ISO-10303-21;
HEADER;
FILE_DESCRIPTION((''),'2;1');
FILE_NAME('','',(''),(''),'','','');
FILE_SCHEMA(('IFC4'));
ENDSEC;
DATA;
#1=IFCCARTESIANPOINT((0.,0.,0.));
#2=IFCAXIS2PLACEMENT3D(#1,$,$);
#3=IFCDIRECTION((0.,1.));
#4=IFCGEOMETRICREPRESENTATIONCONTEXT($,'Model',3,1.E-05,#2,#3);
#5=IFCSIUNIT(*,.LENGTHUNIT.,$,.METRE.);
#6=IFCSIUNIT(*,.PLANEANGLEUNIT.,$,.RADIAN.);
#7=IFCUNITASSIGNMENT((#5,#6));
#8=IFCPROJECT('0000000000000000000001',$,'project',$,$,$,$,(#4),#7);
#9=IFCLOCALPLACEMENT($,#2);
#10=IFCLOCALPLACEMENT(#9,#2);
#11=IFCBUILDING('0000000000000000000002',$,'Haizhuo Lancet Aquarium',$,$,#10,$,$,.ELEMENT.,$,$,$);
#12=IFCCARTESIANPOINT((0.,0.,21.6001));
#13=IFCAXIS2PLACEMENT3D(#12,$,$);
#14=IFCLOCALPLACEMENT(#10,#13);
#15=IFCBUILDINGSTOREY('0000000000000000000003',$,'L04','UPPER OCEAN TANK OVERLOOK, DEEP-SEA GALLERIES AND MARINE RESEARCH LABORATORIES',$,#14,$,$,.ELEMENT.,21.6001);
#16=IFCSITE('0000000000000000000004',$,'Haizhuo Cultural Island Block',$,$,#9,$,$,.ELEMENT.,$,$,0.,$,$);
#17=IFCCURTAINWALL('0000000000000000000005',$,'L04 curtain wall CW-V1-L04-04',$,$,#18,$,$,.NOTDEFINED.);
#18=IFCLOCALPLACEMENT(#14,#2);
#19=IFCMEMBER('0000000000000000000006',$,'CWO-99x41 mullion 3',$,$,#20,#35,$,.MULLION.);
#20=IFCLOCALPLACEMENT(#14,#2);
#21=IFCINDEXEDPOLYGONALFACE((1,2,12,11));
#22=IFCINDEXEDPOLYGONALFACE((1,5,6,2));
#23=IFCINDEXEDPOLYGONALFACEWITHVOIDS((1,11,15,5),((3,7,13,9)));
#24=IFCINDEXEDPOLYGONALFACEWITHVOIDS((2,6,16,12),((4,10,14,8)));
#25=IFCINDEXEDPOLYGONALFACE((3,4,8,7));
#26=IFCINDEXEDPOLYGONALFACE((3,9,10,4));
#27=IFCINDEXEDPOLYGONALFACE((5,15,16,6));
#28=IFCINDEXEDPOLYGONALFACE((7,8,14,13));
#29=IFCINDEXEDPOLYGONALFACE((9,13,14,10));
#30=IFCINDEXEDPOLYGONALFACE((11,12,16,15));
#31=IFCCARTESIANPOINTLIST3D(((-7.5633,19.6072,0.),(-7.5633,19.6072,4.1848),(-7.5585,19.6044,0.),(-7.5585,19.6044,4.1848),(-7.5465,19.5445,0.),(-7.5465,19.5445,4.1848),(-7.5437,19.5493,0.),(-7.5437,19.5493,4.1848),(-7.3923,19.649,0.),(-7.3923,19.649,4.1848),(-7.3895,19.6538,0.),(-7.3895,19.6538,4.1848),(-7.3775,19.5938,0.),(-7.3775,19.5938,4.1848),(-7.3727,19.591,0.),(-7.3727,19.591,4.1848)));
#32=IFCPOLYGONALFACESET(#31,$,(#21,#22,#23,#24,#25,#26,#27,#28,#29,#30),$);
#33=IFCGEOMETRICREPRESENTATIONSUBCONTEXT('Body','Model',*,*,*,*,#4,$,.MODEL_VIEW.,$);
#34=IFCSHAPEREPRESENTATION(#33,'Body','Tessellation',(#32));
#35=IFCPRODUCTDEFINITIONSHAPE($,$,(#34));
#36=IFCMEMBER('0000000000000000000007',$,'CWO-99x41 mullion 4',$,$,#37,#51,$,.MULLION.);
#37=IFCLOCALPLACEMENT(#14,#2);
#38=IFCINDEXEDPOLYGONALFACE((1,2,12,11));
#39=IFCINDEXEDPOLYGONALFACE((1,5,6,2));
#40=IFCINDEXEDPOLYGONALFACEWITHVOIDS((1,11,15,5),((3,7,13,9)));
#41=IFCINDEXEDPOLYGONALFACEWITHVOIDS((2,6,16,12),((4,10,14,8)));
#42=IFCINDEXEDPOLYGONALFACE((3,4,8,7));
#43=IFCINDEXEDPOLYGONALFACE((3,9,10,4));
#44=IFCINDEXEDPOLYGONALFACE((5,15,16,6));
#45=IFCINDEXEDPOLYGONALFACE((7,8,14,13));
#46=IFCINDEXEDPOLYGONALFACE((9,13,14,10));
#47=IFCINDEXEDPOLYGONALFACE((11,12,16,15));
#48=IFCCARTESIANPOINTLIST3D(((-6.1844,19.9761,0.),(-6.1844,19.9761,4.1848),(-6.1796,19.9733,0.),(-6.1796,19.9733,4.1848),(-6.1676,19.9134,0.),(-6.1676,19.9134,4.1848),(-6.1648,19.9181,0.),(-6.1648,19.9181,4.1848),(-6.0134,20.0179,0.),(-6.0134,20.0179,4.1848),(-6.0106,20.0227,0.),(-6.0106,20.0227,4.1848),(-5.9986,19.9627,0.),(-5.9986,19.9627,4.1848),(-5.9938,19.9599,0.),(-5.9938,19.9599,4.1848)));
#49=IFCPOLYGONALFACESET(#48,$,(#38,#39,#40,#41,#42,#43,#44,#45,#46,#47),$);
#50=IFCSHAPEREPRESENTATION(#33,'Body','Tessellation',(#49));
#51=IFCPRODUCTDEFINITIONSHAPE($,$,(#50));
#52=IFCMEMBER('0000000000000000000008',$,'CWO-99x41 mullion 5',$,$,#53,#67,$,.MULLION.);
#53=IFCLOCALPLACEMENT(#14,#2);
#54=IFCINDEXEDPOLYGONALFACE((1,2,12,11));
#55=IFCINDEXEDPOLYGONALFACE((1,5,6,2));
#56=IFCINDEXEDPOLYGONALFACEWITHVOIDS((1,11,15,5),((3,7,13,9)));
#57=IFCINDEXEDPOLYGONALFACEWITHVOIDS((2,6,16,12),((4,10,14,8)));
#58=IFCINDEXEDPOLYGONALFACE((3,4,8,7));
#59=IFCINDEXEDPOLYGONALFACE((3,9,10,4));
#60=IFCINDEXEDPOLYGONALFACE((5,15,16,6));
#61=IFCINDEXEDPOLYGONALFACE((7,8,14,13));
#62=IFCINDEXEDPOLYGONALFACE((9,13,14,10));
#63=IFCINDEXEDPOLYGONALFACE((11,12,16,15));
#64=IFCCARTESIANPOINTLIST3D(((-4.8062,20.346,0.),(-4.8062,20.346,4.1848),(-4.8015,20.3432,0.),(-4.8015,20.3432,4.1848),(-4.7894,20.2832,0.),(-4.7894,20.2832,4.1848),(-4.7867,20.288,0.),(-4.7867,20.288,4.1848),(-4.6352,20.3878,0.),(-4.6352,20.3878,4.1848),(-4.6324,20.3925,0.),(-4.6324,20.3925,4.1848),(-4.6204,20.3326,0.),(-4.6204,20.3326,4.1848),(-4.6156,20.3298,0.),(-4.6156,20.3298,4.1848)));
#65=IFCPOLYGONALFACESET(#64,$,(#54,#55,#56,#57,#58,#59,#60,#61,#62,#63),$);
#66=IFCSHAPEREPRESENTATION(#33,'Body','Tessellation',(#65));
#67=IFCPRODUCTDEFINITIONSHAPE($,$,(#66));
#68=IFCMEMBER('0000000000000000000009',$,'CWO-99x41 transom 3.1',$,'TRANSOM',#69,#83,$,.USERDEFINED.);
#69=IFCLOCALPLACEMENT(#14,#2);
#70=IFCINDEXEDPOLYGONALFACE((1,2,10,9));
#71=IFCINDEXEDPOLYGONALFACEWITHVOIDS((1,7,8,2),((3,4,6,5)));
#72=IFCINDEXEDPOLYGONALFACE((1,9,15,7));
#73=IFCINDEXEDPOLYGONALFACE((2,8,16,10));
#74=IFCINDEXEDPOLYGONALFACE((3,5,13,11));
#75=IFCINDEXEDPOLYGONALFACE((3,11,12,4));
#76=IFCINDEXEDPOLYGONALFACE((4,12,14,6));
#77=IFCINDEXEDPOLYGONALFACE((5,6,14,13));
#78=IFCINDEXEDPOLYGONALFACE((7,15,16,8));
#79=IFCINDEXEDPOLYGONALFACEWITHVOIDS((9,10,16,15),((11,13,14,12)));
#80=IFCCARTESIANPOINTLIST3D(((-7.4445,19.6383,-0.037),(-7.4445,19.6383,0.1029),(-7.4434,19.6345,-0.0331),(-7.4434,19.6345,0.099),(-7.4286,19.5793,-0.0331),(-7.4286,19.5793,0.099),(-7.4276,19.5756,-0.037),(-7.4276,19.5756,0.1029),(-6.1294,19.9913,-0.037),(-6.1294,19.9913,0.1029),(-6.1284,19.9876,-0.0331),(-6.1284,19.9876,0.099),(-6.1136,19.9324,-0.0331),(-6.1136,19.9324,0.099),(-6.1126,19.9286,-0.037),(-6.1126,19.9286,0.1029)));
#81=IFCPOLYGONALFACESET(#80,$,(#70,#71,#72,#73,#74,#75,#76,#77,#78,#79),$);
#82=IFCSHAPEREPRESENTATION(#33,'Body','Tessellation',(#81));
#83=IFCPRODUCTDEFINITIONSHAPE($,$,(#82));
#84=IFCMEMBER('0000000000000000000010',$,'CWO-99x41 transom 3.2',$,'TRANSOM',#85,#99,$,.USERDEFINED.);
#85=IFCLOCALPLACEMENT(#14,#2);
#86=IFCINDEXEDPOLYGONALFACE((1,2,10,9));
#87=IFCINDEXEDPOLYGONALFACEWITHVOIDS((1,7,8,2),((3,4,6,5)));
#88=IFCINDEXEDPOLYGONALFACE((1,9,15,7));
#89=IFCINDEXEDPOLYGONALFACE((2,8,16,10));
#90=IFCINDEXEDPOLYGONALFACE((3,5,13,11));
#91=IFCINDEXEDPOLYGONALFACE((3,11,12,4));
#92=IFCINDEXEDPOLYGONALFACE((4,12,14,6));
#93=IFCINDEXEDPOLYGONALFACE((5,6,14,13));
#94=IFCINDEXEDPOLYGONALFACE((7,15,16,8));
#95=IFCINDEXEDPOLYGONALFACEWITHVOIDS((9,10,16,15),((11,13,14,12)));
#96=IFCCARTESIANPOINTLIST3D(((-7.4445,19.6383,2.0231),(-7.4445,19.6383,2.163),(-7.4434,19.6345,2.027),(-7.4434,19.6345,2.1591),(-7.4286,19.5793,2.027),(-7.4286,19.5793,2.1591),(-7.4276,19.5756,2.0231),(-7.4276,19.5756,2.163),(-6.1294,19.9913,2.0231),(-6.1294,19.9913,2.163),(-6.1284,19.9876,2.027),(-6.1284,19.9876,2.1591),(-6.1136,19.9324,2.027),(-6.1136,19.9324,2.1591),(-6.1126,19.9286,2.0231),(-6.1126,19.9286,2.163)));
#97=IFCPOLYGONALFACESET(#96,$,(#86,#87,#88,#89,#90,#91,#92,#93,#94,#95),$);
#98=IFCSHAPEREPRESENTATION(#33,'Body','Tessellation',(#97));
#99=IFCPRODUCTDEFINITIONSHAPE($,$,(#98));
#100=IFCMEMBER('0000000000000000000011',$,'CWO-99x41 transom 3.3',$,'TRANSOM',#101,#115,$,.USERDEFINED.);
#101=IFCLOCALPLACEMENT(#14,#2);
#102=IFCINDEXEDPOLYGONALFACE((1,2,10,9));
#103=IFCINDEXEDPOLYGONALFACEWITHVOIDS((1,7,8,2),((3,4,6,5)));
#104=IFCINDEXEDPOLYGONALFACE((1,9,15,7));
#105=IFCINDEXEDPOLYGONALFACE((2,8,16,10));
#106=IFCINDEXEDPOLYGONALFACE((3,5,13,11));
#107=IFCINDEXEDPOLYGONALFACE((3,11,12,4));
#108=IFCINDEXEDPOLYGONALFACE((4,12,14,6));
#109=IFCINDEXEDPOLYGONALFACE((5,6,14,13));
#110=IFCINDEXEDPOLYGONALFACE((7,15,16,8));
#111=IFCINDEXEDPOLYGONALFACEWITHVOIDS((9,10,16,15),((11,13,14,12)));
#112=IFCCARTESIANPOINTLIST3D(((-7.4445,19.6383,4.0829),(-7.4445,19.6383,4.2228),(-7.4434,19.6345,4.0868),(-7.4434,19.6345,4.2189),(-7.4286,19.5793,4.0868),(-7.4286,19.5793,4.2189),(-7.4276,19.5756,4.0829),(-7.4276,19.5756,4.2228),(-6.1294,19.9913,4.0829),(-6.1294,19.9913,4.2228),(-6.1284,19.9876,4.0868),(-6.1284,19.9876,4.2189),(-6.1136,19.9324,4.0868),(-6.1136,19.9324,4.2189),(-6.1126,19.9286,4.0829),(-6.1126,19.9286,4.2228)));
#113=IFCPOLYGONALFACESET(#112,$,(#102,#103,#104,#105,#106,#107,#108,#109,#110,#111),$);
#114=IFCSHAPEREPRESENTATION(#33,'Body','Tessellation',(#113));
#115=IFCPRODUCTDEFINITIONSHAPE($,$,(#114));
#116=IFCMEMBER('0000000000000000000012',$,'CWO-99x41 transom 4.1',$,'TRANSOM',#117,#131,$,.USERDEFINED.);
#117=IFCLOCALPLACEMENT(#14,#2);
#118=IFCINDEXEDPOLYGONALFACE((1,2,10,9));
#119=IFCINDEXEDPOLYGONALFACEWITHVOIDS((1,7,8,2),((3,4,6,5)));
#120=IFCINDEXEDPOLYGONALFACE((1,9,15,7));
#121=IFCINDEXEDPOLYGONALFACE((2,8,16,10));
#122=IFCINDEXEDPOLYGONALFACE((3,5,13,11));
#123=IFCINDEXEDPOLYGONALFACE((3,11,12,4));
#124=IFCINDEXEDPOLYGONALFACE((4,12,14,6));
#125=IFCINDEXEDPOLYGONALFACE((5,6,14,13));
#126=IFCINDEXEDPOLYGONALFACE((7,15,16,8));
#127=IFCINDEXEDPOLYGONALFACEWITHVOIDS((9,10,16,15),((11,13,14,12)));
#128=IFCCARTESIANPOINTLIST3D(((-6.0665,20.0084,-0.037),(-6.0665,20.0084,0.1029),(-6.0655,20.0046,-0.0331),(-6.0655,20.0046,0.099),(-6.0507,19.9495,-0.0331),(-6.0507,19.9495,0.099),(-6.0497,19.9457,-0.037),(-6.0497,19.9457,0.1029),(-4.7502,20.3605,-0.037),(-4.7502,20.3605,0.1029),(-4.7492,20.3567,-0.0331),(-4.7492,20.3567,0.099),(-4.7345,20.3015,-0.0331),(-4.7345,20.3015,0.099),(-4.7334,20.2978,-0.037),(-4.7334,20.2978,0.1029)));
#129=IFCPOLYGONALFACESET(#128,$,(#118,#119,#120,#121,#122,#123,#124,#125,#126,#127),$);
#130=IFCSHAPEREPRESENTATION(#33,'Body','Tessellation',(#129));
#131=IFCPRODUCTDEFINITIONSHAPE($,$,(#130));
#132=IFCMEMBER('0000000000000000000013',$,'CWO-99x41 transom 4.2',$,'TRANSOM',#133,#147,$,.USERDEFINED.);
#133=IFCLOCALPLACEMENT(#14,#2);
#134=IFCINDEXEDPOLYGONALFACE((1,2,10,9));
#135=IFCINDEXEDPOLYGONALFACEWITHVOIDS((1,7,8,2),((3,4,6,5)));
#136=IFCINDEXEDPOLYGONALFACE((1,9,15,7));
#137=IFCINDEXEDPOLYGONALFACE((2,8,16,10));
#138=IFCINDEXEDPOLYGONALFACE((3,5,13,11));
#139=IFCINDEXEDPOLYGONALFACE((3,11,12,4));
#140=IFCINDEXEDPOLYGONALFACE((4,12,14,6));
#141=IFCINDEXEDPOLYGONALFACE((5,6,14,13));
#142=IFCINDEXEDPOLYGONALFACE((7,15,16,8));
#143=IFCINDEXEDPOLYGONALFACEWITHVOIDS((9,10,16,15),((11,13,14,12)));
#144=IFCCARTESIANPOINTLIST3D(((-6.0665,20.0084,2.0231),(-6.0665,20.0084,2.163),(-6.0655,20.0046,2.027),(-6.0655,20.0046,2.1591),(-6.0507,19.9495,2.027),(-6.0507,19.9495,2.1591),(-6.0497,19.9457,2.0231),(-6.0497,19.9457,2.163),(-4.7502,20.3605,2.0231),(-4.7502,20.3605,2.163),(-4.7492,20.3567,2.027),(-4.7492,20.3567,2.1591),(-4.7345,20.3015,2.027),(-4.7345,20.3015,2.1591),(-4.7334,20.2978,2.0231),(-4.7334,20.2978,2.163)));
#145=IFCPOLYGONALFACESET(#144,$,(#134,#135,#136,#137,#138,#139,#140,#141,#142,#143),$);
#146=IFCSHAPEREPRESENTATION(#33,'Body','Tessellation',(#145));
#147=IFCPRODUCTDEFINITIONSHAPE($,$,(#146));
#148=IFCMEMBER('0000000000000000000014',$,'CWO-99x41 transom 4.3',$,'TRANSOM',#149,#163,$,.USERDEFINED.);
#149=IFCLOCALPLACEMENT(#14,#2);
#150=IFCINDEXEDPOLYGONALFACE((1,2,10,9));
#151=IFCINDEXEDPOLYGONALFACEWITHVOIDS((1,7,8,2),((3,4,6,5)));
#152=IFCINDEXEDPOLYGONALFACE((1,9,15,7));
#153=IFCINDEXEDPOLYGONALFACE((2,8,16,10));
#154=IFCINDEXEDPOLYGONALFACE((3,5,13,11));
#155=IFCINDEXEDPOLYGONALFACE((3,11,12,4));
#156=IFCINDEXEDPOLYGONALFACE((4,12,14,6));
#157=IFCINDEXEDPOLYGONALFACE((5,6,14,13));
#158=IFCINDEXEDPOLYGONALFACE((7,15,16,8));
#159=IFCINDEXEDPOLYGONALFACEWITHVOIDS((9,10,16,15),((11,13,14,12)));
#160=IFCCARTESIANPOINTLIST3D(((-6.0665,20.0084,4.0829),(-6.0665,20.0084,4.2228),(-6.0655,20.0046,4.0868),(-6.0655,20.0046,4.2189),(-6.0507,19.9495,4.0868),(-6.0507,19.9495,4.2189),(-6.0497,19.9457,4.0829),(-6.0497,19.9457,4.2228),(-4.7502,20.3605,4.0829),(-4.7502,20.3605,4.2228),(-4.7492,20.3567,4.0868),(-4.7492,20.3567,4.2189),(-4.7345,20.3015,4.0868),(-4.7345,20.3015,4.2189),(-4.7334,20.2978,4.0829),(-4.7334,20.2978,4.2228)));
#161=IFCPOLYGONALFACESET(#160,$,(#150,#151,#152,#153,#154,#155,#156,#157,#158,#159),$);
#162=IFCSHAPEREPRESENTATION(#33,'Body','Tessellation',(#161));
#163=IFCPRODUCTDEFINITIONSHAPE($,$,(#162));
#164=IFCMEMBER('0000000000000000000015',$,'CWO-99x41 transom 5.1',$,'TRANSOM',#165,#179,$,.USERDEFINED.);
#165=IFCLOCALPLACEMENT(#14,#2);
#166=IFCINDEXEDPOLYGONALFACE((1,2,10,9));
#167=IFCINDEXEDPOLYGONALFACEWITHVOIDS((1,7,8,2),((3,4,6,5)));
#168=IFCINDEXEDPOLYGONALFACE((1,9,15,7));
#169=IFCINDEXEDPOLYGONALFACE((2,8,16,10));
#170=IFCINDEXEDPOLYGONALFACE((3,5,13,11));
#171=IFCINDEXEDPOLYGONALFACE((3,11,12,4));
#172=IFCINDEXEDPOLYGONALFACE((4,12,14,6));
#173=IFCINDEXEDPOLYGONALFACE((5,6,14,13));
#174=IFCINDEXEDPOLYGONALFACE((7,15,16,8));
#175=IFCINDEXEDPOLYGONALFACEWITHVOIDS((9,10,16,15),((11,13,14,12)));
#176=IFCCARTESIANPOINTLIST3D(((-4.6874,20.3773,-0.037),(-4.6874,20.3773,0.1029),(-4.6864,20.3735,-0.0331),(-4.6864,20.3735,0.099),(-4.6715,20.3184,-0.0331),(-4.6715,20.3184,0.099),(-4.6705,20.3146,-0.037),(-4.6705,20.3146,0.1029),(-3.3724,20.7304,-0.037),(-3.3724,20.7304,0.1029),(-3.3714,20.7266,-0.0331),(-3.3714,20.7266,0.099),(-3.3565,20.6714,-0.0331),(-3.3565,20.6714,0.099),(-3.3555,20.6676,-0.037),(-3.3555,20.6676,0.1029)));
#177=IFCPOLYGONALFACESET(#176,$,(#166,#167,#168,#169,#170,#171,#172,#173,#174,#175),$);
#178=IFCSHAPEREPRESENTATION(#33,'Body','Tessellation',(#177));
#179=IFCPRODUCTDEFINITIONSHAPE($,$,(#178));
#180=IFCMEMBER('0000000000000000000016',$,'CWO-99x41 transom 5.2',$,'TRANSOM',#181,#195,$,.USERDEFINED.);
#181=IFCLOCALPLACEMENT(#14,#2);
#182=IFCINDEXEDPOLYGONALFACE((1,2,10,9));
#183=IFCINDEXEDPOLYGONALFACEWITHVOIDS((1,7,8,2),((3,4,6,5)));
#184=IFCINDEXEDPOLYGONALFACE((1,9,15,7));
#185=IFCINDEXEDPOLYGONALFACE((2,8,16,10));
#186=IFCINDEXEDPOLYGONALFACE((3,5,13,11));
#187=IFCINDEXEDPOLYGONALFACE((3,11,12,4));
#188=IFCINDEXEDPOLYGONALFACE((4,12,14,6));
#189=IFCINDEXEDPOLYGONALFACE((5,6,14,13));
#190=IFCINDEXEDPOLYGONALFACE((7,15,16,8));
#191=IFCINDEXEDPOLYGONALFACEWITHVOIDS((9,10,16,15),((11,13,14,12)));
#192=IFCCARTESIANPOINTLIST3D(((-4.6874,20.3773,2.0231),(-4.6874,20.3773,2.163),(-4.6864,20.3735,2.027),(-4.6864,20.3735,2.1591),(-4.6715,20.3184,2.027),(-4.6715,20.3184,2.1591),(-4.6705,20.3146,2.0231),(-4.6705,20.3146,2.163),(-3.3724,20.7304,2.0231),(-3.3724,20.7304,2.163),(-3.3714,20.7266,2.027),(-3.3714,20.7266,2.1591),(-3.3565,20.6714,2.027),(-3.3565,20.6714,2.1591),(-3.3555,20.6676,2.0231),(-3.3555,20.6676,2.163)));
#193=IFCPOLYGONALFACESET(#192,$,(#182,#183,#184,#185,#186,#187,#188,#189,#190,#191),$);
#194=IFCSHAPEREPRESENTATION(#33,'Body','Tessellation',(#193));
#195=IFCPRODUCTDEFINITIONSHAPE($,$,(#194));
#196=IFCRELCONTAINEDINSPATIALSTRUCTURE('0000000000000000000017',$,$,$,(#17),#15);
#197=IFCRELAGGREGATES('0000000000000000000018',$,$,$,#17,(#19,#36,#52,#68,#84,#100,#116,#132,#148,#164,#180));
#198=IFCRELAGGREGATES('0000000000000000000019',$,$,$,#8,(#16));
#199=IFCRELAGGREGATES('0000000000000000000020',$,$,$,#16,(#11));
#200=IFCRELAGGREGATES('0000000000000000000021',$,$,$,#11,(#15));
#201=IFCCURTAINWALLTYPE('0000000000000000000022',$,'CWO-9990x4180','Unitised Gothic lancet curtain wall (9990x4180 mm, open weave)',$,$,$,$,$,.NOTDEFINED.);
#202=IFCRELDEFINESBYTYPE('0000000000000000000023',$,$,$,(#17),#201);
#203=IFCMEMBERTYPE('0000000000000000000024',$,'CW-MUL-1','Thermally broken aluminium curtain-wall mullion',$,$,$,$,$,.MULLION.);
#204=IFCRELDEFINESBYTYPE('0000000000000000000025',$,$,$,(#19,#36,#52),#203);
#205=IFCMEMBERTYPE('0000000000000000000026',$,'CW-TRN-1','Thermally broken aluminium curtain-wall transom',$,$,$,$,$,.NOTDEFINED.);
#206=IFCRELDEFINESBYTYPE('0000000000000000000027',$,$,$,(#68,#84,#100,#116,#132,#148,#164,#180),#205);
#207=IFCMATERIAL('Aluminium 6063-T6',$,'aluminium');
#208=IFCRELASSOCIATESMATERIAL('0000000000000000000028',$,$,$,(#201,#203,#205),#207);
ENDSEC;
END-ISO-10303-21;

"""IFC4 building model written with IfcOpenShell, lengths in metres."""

from ifc_helpers import new_model, si_unit, direction, frame, origin, origin_2d, place, context, subcontext, project, spatial, hollow_rectangle, extrude, material, material_profile, profile_set, type_object, element, aggregate, save


model = new_model("IFC4")

# Units and contexts
model_context = context("Model", 3, precision=1e-05, world=origin(), true_north=direction((0.0, 1.0)))
body_context = subcontext(model_context, "Body", "Model", "MODEL_VIEW")
ifc_project = project(units=[si_unit("LENGTHUNIT", "METRE"), si_unit("PLANEANGLEUNIT", "RADIAN")], contexts=[model_context])

# Site, building, storey
site_placement = place(None, origin())
site = spatial("IfcSite", under=ifc_project, at=site_placement, Name="Haizhuo Cultural Island Block", CompositionType="ELEMENT", RefElevation=0.0)
building_placement = place(site_placement, origin())
building = spatial("IfcBuilding", under=site, at=building_placement, Name="Haizhuo Lancet Aquarium", CompositionType="ELEMENT")
storey_placement = place(building_placement, frame((0.0, 0.0, 21.6001)))
storey = spatial("IfcBuildingStorey", under=building, at=storey_placement, Name="L04", Description="UPPER OCEAN TANK OVERLOOK, DEEP-SEA GALLERIES AND MARINE RESEARCH LABORATORIES", CompositionType="ELEMENT", Elevation=21.6001)

# Curtain wall, members
ifc_material_1 = material(Name="Aluminium 6063-T6", Category="aluminium")
curtain_wall_type = type_object("IfcCurtainWallType", Name="CWO-9990x4180", Description="Unitised Gothic lancet curtain wall (9990x4180 mm, open weave)", PredefinedType="NOTDEFINED", material=ifc_material_1)
curtain_wall_placement = place(storey_placement, origin())
curtain_wall = element("IfcCurtainWall", 1, at=curtain_wall_placement, inside=storey, type_object=curtain_wall_type, Name="L04 curtain wall CW-V1-L04-04", PredefinedType="NOTDEFINED")
ifc_material_profile_1 = material_profile(ifc_material_1, hollow_rectangle(XDim=0.0649, YDim=0.1799, WallThickness=0.0039, at=origin_2d()), Name="ALU-M 65x180x4")
ifc_profile_set_1 = profile_set([ifc_material_profile_1], Name="Aluminium 6063-T6")
member_type_1 = type_object("IfcMemberType", Name="CW-MUL-1", Description="Thermally broken aluminium curtain-wall mullion", PredefinedType="MULLION", material=ifc_profile_set_1)
member_1_placement = place(storey_placement, frame((-7.468, 19.5991, 0.0), z_axis=(0.0, 0.0, 1.0), x_axis=(-0.258853, 0.965917, 0.0)))
member_1 = element("IfcMember", 2, at=member_1_placement, type_object=member_type_1, Name="CWO-99x41 mullion 3", PredefinedType="MULLION", context=body_context, shape_type="SweptSolid", body=[
    extrude(hollow_rectangle(XDim=0.0649, YDim=0.1799, WallThickness=0.0039, at=origin_2d()), origin(), (0.0, 0.0, 1.0), 4.1848),
])
member_2_placement = place(storey_placement, frame((-6.0891, 19.968, 0.0), z_axis=(0.0, 0.0, 1.0), x_axis=(-0.258853, 0.965917, 0.0)))
member_2 = element("IfcMember", 3, at=member_2_placement, type_object=member_type_1, Name="CWO-99x41 mullion 4", PredefinedType="MULLION", context=body_context, shape_type="SweptSolid", body=[
    extrude(hollow_rectangle(XDim=0.0649, YDim=0.1799, WallThickness=0.0039, at=origin_2d()), origin(), (0.0, 0.0, 1.0), 4.1848),
])
member_3_placement = place(storey_placement, frame((-4.7109, 20.3379, 0.0), z_axis=(0.0, 0.0, 1.0), x_axis=(-0.258853, 0.965917, 0.0)))
member_3 = element("IfcMember", 4, at=member_3_placement, type_object=member_type_1, Name="CWO-99x41 mullion 5", PredefinedType="MULLION", context=body_context, shape_type="SweptSolid", body=[
    extrude(hollow_rectangle(XDim=0.0649, YDim=0.1799, WallThickness=0.0039, at=origin_2d()), origin(), (0.0, 0.0, 1.0), 4.1848),
])
ifc_material_profile_2 = material_profile(ifc_material_1, hollow_rectangle(XDim=0.0649, YDim=0.1399, WallThickness=0.0039, at=origin_2d()), Name="ALU-T 65x140x4")
ifc_profile_set_2 = profile_set([ifc_material_profile_2], Name="Aluminium 6063-T6")
member_type_2 = type_object("IfcMemberType", Name="CW-TRN-1", Description="Thermally broken aluminium curtain-wall transom", PredefinedType="NOTDEFINED", material=ifc_profile_set_2)
member_4_placement = place(storey_placement, frame((-7.436, 19.6069, 0.033), z_axis=(0.965799, 0.259292, 0.0), x_axis=(-0.259292, 0.965799, 0.0)))
member_4 = element("IfcMember", 5, at=member_4_placement, type_object=member_type_2, Name="CWO-99x41 transom 3.1", ObjectType="TRANSOM", PredefinedType="USERDEFINED", context=body_context, shape_type="SweptSolid", body=[
    extrude(hollow_rectangle(XDim=0.0649, YDim=0.1399, WallThickness=0.0039, at=origin_2d()), origin(), (0.0, 0.0, 1.0), 1.3616),
])
member_5_placement = place(storey_placement, frame((-7.436, 19.6069, 2.093), z_axis=(0.965799, 0.259292, 0.0), x_axis=(-0.259292, 0.965799, 0.0)))
member_5 = element("IfcMember", 6, at=member_5_placement, type_object=member_type_2, Name="CWO-99x41 transom 3.2", ObjectType="TRANSOM", PredefinedType="USERDEFINED", context=body_context, shape_type="SweptSolid", body=[
    extrude(hollow_rectangle(XDim=0.0649, YDim=0.1399, WallThickness=0.0039, at=origin_2d()), origin(), (0.0, 0.0, 1.0), 1.3616),
])
member_6_placement = place(storey_placement, frame((-7.436, 19.6069, 4.1528), z_axis=(0.965799, 0.259292, 0.0), x_axis=(-0.259292, 0.965799, 0.0)))
member_6 = element("IfcMember", 7, at=member_6_placement, type_object=member_type_2, Name="CWO-99x41 transom 3.3", ObjectType="TRANSOM", PredefinedType="USERDEFINED", context=body_context, shape_type="SweptSolid", body=[
    extrude(hollow_rectangle(XDim=0.0649, YDim=0.1399, WallThickness=0.0039, at=origin_2d()), origin(), (0.0, 0.0, 1.0), 1.3616),
])
member_7_placement = place(storey_placement, frame((-6.0581, 19.9771, 0.033), z_axis=(0.966038, 0.258399, 0.0), x_axis=(-0.258399, 0.966038, 0.0)))
member_7 = element("IfcMember", 8, at=member_7_placement, type_object=member_type_2, Name="CWO-99x41 transom 4.1", ObjectType="TRANSOM", PredefinedType="USERDEFINED", context=body_context, shape_type="SweptSolid", body=[
    extrude(hollow_rectangle(XDim=0.0649, YDim=0.1399, WallThickness=0.0039, at=origin_2d()), origin(), (0.0, 0.0, 1.0), 1.3625),
])
member_8_placement = place(storey_placement, frame((-6.0581, 19.9771, 2.093), z_axis=(0.966038, 0.258399, 0.0), x_axis=(-0.258399, 0.966038, 0.0)))
member_8 = element("IfcMember", 9, at=member_8_placement, type_object=member_type_2, Name="CWO-99x41 transom 4.2", ObjectType="TRANSOM", PredefinedType="USERDEFINED", context=body_context, shape_type="SweptSolid", body=[
    extrude(hollow_rectangle(XDim=0.0649, YDim=0.1399, WallThickness=0.0039, at=origin_2d()), origin(), (0.0, 0.0, 1.0), 1.3625),
])
member_9_placement = place(storey_placement, frame((-6.0581, 19.9771, 4.1528), z_axis=(0.966038, 0.258399, 0.0), x_axis=(-0.258399, 0.966038, 0.0)))
member_9 = element("IfcMember", 10, at=member_9_placement, type_object=member_type_2, Name="CWO-99x41 transom 4.3", ObjectType="TRANSOM", PredefinedType="USERDEFINED", context=body_context, shape_type="SweptSolid", body=[
    extrude(hollow_rectangle(XDim=0.0649, YDim=0.1399, WallThickness=0.0039, at=origin_2d()), origin(), (0.0, 0.0, 1.0), 1.3625),
])
member_10_placement = place(storey_placement, frame((-4.679, 20.3459, 0.033), z_axis=(0.965799, 0.259292, 0.0), x_axis=(-0.259292, 0.965799, 0.0)))
member_10 = element("IfcMember", 11, at=member_10_placement, type_object=member_type_2, Name="CWO-99x41 transom 5.1", ObjectType="TRANSOM", PredefinedType="USERDEFINED", context=body_context, shape_type="SweptSolid", body=[
    extrude(hollow_rectangle(XDim=0.0649, YDim=0.1399, WallThickness=0.0039, at=origin_2d()), origin(), (0.0, 0.0, 1.0), 1.3616),
])
member_11_placement = place(storey_placement, frame((-4.679, 20.3459, 2.093), z_axis=(0.965799, 0.259292, 0.0), x_axis=(-0.259292, 0.965799, 0.0)))
member_11 = element("IfcMember", 12, at=member_11_placement, type_object=member_type_2, Name="CWO-99x41 transom 5.2", ObjectType="TRANSOM", PredefinedType="USERDEFINED", context=body_context, shape_type="SweptSolid", body=[
    extrude(hollow_rectangle(XDim=0.0649, YDim=0.1399, WallThickness=0.0039, at=origin_2d()), origin(), (0.0, 0.0, 1.0), 1.3616),
])

aggregate(curtain_wall, [member_1, member_2, member_3, member_4, member_5, member_6, member_7, member_8, member_9, member_10, member_11])

save(model, "model.ifc")
